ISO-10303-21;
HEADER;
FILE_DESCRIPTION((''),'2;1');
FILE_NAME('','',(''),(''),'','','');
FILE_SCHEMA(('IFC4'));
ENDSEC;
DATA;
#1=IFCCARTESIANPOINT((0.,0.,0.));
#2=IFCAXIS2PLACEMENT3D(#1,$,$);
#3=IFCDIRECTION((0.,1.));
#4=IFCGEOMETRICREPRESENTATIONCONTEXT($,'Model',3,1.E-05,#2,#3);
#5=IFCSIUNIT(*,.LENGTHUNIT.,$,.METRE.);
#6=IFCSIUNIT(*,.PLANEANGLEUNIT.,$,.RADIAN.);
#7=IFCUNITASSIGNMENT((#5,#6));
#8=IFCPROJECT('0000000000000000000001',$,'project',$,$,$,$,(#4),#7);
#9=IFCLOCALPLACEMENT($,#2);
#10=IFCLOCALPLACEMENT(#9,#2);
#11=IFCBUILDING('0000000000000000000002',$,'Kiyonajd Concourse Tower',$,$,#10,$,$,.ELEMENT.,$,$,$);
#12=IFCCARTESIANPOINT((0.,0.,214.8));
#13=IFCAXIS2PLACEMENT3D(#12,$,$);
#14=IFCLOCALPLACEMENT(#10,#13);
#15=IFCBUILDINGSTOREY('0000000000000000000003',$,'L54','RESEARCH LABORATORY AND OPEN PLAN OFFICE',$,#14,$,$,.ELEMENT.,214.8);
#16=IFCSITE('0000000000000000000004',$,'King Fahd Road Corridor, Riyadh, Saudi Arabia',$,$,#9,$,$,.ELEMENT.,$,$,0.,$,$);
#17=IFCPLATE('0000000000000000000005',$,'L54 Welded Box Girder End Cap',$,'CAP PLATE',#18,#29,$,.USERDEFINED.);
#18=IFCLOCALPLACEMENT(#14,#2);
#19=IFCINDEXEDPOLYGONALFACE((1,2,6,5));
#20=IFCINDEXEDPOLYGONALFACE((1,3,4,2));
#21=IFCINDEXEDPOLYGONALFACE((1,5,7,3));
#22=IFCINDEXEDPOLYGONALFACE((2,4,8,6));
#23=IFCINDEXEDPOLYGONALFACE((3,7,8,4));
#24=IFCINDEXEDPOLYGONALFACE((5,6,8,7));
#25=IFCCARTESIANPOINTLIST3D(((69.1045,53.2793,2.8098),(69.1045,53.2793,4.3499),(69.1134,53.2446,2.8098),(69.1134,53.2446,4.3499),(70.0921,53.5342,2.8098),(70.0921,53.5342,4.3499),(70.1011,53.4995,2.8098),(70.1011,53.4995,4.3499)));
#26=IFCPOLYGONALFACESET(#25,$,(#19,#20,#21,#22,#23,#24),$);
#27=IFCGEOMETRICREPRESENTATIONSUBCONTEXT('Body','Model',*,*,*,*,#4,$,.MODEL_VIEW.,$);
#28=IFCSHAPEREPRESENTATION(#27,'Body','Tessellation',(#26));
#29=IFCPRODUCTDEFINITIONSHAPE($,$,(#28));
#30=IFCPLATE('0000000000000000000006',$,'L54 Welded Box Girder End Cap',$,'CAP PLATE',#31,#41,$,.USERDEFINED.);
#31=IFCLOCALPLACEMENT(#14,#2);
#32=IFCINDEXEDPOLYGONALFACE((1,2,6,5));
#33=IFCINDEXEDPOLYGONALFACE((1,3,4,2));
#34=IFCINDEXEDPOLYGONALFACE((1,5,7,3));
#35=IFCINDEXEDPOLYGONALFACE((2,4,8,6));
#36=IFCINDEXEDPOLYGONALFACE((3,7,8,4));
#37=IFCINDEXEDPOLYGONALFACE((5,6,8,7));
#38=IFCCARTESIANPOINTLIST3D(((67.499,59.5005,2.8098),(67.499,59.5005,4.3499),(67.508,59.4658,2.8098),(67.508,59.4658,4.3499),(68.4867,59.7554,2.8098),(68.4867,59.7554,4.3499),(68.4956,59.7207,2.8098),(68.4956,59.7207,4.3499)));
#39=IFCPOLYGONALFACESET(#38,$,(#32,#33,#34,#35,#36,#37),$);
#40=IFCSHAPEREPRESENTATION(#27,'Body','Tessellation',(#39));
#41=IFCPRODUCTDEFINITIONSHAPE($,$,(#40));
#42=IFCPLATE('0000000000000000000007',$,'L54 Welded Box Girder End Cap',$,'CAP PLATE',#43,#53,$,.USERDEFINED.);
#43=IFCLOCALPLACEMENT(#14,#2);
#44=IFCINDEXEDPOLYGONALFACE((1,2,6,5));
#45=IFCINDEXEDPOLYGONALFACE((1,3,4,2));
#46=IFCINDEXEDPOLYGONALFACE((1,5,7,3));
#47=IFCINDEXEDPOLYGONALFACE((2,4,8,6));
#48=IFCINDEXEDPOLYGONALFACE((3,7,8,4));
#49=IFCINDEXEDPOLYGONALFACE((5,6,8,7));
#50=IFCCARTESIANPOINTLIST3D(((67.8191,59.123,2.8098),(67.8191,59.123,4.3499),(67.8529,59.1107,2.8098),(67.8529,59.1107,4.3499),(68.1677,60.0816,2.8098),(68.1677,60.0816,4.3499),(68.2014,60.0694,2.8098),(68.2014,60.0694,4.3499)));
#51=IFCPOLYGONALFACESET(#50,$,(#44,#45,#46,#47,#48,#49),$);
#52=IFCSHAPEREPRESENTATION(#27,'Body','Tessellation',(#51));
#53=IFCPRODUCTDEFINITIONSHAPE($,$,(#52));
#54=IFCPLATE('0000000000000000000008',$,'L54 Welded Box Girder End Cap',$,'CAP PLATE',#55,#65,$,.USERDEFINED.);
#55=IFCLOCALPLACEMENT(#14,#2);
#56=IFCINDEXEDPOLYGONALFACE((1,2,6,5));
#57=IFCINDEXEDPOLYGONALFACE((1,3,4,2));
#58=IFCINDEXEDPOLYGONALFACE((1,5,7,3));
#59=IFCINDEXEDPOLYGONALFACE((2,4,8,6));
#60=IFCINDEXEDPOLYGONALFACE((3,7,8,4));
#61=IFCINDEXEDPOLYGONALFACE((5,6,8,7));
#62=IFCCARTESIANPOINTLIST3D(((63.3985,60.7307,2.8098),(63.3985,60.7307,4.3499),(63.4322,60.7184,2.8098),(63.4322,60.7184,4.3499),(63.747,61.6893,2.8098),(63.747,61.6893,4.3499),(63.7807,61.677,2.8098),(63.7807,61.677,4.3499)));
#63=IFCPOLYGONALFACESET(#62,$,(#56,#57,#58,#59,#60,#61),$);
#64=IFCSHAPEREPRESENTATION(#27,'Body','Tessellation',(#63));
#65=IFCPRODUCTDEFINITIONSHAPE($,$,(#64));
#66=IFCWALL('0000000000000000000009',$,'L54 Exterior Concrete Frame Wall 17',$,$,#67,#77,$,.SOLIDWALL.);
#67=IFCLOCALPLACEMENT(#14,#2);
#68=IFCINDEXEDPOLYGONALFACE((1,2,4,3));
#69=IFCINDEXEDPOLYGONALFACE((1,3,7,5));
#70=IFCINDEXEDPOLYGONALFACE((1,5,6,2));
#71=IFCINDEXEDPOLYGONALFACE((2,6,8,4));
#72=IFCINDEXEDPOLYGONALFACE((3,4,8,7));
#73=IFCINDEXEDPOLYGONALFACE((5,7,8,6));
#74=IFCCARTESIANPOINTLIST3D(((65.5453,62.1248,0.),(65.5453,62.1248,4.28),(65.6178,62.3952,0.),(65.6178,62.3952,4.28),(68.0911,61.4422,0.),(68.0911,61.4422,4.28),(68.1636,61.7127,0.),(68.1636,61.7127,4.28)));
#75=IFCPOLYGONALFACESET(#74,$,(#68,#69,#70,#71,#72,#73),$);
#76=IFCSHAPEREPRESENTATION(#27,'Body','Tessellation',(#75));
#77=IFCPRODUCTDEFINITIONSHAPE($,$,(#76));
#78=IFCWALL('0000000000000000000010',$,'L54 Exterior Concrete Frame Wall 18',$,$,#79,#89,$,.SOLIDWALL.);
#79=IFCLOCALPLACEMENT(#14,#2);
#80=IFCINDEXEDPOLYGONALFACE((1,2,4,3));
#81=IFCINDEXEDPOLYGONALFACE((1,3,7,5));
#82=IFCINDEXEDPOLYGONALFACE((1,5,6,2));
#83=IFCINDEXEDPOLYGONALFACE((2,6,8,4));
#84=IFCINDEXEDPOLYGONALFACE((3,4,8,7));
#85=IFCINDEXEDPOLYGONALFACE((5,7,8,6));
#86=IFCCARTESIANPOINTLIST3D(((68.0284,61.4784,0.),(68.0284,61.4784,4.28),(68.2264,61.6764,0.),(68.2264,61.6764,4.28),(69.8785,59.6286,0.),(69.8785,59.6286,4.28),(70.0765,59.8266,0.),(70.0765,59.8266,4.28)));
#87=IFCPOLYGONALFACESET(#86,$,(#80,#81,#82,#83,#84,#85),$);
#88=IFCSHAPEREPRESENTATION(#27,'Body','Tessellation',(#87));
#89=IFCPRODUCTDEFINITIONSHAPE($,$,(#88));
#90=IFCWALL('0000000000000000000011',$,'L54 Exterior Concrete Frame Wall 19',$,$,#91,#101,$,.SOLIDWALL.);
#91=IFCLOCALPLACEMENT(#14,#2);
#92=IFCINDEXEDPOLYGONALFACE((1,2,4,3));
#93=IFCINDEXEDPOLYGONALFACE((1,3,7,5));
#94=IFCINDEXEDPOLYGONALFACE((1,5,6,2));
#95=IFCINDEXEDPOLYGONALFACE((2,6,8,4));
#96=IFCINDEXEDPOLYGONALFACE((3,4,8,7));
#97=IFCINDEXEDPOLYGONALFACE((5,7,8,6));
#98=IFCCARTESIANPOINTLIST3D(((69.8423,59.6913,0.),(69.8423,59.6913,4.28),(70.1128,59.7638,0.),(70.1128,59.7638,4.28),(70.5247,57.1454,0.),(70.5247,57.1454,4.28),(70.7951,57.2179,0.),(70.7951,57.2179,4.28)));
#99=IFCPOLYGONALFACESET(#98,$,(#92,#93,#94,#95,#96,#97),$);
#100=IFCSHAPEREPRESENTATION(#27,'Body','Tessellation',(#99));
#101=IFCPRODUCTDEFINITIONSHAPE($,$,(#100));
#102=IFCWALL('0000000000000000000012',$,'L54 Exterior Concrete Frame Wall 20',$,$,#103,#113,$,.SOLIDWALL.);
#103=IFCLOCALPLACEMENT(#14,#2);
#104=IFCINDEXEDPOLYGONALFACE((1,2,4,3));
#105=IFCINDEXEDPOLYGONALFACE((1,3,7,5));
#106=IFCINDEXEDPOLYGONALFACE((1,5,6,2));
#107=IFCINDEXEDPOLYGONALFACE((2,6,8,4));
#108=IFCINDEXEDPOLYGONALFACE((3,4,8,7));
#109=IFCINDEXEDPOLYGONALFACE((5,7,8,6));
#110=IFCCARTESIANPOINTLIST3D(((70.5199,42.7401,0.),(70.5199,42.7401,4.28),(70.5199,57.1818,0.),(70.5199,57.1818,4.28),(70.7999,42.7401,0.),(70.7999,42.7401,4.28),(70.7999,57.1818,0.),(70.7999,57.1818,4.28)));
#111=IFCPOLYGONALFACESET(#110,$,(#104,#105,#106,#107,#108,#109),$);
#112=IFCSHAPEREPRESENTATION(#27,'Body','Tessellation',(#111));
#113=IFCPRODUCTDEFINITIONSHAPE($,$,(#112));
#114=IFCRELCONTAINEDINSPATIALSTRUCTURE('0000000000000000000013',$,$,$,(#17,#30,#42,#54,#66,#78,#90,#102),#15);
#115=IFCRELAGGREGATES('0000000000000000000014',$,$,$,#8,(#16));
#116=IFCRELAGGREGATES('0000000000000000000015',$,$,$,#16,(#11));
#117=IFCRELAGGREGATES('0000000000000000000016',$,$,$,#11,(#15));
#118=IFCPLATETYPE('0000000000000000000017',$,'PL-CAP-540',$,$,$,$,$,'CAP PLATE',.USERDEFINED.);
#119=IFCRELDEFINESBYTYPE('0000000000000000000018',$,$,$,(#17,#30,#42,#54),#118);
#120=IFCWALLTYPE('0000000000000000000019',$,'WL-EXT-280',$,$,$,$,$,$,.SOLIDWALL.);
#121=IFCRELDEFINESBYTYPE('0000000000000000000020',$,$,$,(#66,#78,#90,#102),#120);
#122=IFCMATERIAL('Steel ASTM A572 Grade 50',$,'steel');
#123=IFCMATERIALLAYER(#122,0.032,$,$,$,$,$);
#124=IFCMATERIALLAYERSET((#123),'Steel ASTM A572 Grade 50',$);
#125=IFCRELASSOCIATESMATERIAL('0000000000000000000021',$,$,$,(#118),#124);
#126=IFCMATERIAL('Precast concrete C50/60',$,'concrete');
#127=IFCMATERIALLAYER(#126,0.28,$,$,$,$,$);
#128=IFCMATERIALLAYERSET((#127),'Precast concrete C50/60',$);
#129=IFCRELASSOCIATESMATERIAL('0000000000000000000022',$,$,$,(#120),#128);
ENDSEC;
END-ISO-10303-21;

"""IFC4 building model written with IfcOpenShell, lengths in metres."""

from ifc_helpers import new_model, si_unit, direction, frame, frame_2d, origin, origin_2d, place, context, subcontext, project, spatial, rectangle, extrude, material, layer, layer_set, type_object, element, save


model = new_model("IFC4")

# Units and contexts
model_context = context("Model", 3, precision=1e-05, world=origin(), true_north=direction((0.0, 1.0)))
body_context = subcontext(model_context, "Body", "Model", "MODEL_VIEW")
ifc_project = project(units=[si_unit("LENGTHUNIT", "METRE"), si_unit("PLANEANGLEUNIT", "RADIAN")], contexts=[model_context])

# Site, building, storey
site_placement = place(None, origin())
site = spatial("IfcSite", under=ifc_project, at=site_placement, Name="King Fahd Road Corridor, Riyadh, Saudi Arabia", CompositionType="ELEMENT", RefElevation=0.0)
building_placement = place(site_placement, origin())
building = spatial("IfcBuilding", under=site, at=building_placement, Name="Kiyonajd Concourse Tower", CompositionType="ELEMENT")
storey_placement = place(building_placement, frame((0.0, 0.0, 214.8)))
storey = spatial("IfcBuildingStorey", under=building, at=storey_placement, Name="L54", Description="RESEARCH LABORATORY AND OPEN PLAN OFFICE", CompositionType="ELEMENT", Elevation=214.8)

# Shared definitions
ifc_material_1 = material(Name="Steel ASTM A572 Grade 50", Category="steel")

# Plates
ifc_layer_1 = layer(ifc_material_1, 0.032)
ifc_layer_set_1 = layer_set([ifc_layer_1], Name="Steel ASTM A572 Grade 50")
plate_type_1 = type_object("IfcPlateType", Name="PL-CAP-540", ElementType="CAP PLATE", PredefinedType="USERDEFINED", material=ifc_layer_set_1)
for number, where, z_axis, x_axis, name in (
    (1, (69.6028, 53.3894, 2.8098), (0.0, 0.0, 1.0), (0.249873, -0.968279, 0.0), "L54 Welded Box Girder End Cap"),
    (2, (67.9973, 59.6106, 2.8098), (0.0, 0.0, 1.0), (-0.249873, 0.968279, 0.0), "L54 Welded Box Girder End Cap"),
    (3, (68.0103, 59.5962, 2.8098), (0.0, 0.0, 1.0), (0.939812, -0.341692, 0.0), "L54 Welded Box Girder End Cap"),
    (4, (63.5896, 61.2039, 2.8098), (0.0, 0.0, 1.0), (-0.939812, 0.341692, 0.0), "L54 Welded Box Girder End Cap"),
):
    element("IfcPlate", number, at=place(storey_placement, frame(where, z_axis=z_axis, x_axis=x_axis)), inside=storey, type_object=plate_type_1, Name=name, ObjectType="CAP PLATE", PredefinedType="USERDEFINED", context=body_context, shape_type="SweptSolid", body=[
        extrude(rectangle(XDim=0.0359, YDim=1.02, at=origin_2d()), origin(), (0.0, 0.0, 1.0), 1.54),
    ])

# Walls
ifc_material_2 = material(Name="Precast concrete C50/60", Category="concrete")
ifc_layer_2 = layer(ifc_material_2, 0.28)
ifc_layer_set_2 = layer_set([ifc_layer_2], Name="Precast concrete C50/60")
wall_type = type_object("IfcWallType", Name="WL-EXT-280", PredefinedType="SOLIDWALL", material=ifc_layer_set_2)
wall_1_placement = place(storey_placement, frame((65.5815, 62.26, 0.0), z_axis=(0.0, 0.0, 1.0), x_axis=(0.965884, -0.258977, 0.0)))
element("IfcWall", 5, at=wall_1_placement, inside=storey, type_object=wall_type, Name="L54 Exterior Concrete Frame Wall 17", PredefinedType="SOLIDWALL", context=body_context, shape_type="SweptSolid", body=[
    extrude(rectangle(XDim=2.6357, YDim=0.28, at=frame_2d((1.3179, 0.0))), origin(), (0.0, 0.0, 1.0), 4.28),
])
wall_2_placement = place(storey_placement, frame((68.1274, 61.5774, 0.0), z_axis=(0.0, 0.0, 1.0), x_axis=(0.707153, -0.70706, 0.0)))
element("IfcWall", 6, at=wall_2_placement, inside=storey, type_object=wall_type, Name="L54 Exterior Concrete Frame Wall 18", PredefinedType="SOLIDWALL", context=body_context, shape_type="SweptSolid", body=[
    extrude(rectangle(XDim=2.6162, YDim=0.28, at=frame_2d((1.3081, 0.0))), origin(), (0.0, 0.0, 1.0), 4.28),
])
wall_3_placement = place(storey_placement, frame((69.9775, 59.7275, 0.0), z_axis=(0.0, 0.0, 1.0), x_axis=(0.25889, -0.965907, 0.0)))
element("IfcWall", 7, at=wall_3_placement, inside=storey, type_object=wall_type, Name="L54 Exterior Concrete Frame Wall 19", PredefinedType="SOLIDWALL", context=body_context, shape_type="SweptSolid", body=[
    extrude(rectangle(XDim=2.6357, YDim=0.28, at=frame_2d((1.3179, 0.0))), origin(), (0.0, 0.0, 1.0), 4.28),
])
wall_4_placement = place(storey_placement, frame((70.6599, 57.1816, 0.0), z_axis=(0.0, 0.0, 1.0), x_axis=(0.0, -1.0, 0.0)))
element("IfcWall", 8, at=wall_4_placement, inside=storey, type_object=wall_type, Name="L54 Exterior Concrete Frame Wall 20", PredefinedType="SOLIDWALL", context=body_context, shape_type="SweptSolid", body=[
    extrude(rectangle(XDim=14.4417, YDim=0.28, at=frame_2d((7.2207, 0.0))), origin(), (0.0, 0.0, 1.0), 4.28),
])

save(model, "model.ifc")
